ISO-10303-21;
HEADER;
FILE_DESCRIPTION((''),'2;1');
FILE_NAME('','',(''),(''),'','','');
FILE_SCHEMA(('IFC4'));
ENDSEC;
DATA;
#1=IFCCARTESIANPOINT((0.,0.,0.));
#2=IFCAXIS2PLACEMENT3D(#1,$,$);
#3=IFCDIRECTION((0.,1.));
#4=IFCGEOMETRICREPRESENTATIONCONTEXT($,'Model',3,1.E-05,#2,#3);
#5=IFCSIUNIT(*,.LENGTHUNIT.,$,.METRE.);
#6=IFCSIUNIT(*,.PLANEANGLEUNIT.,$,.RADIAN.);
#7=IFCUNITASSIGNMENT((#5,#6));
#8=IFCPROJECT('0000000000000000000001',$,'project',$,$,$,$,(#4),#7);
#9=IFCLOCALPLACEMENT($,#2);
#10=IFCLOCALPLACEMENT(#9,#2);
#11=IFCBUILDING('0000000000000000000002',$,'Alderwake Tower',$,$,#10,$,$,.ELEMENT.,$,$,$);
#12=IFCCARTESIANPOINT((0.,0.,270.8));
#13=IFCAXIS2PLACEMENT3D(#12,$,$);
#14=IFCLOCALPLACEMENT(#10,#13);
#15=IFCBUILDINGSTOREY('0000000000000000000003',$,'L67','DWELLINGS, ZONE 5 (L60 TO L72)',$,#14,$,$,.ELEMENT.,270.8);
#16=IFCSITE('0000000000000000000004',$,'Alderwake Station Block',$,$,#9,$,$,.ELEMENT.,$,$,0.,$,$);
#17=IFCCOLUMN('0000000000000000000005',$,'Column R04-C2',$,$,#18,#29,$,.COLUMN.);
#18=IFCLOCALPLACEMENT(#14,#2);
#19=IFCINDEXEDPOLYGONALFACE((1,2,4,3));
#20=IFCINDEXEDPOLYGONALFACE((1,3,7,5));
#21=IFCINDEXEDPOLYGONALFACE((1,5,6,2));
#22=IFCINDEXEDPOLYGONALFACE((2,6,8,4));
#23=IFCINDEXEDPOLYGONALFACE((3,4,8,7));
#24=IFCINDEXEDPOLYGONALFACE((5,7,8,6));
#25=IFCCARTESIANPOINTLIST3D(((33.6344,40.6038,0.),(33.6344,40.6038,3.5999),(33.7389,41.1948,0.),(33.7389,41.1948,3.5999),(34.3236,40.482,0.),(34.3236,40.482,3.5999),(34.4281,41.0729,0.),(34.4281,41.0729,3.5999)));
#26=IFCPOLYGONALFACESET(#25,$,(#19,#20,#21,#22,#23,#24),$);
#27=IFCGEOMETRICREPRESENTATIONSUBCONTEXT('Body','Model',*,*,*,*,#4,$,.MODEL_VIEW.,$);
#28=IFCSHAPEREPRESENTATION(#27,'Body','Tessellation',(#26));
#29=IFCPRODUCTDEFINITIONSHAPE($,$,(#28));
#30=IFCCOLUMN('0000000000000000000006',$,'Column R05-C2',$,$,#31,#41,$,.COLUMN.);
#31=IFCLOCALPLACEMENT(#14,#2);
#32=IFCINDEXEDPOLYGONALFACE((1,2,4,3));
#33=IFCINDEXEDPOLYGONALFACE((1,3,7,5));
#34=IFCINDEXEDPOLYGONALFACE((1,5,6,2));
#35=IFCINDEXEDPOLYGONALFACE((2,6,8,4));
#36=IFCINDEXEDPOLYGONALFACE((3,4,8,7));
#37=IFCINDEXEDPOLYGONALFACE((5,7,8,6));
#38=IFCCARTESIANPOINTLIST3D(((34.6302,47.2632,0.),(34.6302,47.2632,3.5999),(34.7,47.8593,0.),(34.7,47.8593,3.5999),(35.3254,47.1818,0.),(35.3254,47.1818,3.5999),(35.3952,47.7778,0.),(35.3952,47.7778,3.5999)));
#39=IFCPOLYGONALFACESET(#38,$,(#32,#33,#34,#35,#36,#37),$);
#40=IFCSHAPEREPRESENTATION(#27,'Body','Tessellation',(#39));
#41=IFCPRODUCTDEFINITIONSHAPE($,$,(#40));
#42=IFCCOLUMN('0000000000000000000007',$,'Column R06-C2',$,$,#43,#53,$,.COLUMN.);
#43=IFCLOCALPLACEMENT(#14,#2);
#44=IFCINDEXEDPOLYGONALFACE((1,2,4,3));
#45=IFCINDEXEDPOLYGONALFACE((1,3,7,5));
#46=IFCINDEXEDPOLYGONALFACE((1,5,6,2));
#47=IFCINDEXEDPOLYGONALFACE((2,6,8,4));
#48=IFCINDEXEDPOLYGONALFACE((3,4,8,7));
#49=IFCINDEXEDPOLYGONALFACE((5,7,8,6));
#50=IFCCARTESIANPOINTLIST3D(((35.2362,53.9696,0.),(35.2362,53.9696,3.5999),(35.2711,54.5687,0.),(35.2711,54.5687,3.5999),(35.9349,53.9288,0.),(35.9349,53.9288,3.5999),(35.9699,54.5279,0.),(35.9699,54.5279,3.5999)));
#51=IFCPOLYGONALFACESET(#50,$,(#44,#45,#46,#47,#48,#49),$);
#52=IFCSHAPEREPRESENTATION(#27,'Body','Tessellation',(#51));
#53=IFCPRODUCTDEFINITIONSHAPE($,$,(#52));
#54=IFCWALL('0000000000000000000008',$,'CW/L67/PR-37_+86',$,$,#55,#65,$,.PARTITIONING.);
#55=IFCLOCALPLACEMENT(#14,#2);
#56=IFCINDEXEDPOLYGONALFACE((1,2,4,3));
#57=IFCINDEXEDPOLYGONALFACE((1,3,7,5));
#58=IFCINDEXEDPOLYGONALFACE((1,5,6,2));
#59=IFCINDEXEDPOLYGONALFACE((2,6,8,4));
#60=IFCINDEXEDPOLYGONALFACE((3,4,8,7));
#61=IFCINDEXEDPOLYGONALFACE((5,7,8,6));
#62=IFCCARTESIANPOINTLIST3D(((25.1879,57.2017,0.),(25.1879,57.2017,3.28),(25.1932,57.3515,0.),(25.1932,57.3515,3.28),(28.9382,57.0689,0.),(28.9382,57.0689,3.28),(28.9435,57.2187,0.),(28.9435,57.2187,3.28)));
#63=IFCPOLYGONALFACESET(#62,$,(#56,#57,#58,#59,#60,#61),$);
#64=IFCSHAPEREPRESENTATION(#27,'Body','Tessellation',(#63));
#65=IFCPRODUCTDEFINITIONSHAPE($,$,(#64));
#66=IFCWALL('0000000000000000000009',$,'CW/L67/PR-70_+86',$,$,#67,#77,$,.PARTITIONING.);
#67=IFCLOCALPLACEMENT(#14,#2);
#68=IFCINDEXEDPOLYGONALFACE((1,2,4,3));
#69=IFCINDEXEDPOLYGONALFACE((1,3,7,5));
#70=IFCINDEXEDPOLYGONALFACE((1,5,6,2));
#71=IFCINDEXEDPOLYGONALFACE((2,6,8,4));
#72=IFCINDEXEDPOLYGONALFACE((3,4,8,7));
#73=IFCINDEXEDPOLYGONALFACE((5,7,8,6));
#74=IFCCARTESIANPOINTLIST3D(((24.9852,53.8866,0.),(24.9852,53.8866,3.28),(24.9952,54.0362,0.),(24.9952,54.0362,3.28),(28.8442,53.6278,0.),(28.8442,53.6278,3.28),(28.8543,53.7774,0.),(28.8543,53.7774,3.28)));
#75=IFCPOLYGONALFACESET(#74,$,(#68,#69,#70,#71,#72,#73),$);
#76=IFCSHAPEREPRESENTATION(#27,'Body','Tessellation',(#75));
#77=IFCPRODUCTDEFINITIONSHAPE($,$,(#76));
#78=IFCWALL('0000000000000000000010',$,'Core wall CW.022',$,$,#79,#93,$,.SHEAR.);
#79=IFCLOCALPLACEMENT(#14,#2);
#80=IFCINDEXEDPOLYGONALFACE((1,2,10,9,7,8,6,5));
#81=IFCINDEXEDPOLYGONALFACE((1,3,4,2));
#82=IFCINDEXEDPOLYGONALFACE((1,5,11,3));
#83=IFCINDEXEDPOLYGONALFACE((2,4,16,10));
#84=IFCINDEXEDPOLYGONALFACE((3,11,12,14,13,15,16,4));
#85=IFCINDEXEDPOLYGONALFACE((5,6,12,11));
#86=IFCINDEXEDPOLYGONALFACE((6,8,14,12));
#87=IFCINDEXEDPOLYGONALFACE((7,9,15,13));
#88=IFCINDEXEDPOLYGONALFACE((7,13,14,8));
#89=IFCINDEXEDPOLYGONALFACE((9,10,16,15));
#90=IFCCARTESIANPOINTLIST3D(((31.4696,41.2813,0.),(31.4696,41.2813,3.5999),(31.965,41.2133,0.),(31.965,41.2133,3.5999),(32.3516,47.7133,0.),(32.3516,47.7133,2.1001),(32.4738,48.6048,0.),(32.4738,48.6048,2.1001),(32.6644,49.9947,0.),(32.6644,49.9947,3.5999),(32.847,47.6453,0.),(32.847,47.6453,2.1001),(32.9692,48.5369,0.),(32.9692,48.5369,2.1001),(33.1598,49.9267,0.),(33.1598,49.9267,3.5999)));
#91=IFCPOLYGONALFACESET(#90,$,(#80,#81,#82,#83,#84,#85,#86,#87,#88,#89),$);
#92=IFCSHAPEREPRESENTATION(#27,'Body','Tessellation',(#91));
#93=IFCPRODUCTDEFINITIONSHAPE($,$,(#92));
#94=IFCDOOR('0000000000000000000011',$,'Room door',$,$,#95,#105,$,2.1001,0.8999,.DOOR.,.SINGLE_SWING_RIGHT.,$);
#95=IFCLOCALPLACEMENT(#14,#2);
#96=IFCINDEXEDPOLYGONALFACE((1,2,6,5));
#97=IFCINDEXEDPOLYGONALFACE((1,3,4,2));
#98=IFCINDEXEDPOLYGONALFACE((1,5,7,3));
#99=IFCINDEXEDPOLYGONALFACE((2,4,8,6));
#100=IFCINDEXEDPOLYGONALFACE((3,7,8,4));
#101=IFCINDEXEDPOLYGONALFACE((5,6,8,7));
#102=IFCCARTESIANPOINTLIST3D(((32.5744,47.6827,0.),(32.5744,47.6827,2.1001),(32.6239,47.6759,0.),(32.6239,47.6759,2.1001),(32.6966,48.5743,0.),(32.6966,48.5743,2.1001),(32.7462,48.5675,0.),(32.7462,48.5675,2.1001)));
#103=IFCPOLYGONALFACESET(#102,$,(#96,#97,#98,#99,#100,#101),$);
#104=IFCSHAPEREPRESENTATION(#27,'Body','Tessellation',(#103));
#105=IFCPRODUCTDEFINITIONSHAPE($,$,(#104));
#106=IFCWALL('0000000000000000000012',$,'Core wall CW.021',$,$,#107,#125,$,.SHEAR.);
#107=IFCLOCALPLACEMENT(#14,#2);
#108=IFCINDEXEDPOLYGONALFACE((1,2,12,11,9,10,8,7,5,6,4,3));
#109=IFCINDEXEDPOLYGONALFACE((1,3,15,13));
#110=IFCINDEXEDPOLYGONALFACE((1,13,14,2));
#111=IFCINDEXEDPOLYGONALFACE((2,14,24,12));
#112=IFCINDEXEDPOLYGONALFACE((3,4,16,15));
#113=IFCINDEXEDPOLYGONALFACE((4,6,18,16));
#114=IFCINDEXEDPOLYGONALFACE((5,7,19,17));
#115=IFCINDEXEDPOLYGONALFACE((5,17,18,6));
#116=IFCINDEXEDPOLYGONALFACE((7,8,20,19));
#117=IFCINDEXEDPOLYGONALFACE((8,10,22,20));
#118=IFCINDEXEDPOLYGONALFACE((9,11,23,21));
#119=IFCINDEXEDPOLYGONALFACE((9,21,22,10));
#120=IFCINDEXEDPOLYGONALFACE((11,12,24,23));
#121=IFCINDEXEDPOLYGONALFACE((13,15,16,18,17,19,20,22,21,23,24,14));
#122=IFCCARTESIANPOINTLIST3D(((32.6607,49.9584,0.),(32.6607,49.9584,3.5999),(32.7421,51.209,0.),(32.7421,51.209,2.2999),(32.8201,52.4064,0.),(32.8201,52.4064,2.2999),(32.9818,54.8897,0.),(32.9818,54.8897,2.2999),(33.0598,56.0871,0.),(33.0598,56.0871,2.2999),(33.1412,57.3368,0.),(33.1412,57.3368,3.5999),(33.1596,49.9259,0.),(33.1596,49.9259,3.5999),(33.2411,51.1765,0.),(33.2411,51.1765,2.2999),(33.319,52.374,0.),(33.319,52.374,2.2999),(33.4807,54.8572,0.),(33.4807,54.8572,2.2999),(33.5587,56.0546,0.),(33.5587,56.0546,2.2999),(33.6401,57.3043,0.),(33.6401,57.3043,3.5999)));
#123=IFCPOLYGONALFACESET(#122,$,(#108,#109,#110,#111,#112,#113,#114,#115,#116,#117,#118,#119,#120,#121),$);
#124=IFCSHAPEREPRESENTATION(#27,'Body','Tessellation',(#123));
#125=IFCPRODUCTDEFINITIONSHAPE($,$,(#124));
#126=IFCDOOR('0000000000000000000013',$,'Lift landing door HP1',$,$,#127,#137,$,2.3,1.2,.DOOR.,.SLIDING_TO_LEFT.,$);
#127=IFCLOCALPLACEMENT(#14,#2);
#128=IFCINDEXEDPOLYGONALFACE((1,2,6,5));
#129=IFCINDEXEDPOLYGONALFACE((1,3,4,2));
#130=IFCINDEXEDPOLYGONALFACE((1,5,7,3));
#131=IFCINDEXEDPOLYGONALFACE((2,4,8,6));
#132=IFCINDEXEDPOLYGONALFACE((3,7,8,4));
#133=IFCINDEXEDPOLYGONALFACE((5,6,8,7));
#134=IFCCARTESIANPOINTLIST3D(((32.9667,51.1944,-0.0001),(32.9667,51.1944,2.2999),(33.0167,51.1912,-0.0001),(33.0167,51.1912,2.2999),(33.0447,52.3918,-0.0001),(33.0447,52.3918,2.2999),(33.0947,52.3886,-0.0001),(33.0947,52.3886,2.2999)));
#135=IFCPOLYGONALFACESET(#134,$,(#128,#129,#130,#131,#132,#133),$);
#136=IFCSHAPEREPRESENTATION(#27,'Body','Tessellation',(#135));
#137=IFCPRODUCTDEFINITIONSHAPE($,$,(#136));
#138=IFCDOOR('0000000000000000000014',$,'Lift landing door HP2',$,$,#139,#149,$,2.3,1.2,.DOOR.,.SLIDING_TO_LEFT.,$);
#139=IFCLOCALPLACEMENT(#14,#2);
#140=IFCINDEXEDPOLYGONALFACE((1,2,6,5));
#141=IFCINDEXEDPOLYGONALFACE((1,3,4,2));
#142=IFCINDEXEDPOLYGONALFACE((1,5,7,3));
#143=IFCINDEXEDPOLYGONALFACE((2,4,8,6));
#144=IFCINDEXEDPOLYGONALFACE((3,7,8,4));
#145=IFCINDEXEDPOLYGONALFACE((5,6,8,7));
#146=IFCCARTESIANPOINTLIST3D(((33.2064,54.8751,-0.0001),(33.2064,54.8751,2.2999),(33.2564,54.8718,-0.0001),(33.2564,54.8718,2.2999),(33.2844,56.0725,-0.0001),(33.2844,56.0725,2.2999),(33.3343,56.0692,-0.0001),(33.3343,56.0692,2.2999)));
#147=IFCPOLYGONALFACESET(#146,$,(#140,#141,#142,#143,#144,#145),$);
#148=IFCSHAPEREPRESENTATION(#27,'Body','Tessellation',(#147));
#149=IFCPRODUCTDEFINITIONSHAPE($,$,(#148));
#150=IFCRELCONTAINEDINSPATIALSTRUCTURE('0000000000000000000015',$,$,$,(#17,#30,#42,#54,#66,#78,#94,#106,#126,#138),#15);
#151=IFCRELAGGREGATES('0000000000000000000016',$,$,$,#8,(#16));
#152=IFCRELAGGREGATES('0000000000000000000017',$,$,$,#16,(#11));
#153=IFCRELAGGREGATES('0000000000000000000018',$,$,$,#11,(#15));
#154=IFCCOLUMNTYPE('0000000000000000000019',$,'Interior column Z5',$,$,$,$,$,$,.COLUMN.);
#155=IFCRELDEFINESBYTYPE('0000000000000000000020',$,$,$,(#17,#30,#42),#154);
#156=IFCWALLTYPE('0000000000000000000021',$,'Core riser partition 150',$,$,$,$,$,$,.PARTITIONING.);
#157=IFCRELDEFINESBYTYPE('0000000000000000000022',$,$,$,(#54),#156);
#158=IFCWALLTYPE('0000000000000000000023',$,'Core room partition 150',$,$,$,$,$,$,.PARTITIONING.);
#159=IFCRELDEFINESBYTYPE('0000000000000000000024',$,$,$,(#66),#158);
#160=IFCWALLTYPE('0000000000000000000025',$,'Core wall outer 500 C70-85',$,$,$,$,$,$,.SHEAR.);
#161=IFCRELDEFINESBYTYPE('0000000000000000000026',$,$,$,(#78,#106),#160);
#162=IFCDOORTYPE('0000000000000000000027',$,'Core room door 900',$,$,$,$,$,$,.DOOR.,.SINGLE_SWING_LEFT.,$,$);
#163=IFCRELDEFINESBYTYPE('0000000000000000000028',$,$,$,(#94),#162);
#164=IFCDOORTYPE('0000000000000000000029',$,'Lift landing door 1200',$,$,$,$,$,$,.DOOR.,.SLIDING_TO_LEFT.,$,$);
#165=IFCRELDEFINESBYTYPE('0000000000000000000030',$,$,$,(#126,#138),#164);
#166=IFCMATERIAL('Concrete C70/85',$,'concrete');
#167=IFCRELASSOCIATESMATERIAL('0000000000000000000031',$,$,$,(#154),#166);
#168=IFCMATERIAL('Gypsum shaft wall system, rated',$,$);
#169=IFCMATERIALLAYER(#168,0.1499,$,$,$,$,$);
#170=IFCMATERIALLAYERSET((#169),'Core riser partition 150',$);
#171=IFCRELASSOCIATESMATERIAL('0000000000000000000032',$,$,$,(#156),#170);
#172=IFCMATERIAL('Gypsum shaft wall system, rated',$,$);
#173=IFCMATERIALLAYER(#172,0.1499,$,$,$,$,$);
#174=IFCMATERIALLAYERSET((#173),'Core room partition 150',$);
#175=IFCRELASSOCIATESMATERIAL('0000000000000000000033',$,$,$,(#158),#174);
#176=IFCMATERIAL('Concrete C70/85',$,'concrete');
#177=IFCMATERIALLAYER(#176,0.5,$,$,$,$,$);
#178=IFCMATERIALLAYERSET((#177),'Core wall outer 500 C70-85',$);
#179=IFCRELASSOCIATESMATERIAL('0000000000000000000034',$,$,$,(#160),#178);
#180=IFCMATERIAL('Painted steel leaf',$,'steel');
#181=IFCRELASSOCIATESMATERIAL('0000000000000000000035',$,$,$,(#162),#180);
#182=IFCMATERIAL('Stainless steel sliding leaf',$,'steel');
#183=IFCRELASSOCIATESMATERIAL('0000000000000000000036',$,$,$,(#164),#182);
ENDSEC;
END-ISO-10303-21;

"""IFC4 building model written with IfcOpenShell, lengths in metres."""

from ifc_helpers import new_model, si_unit, direction, frame, frame_2d, origin, origin_2d, place, context, subcontext, project, spatial, rectangle, extrude, material, layer, layer_set, material_profile, profile_set, type_object, element, fill, save


model = new_model("IFC4")

# Units and contexts
model_context = context("Model", 3, precision=1e-05, world=origin(), true_north=direction((0.0, 1.0)))
body_context = subcontext(model_context, "Body", "Model", "MODEL_VIEW")
ifc_project = project(units=[si_unit("LENGTHUNIT", "METRE"), si_unit("PLANEANGLEUNIT", "RADIAN")], contexts=[model_context])

# Site, building, storey
site_placement = place(None, origin())
site = spatial("IfcSite", under=ifc_project, at=site_placement, Name="Alderwake Station Block", CompositionType="ELEMENT", RefElevation=0.0)
building_placement = place(site_placement, origin())
building = spatial("IfcBuilding", under=site, at=building_placement, Name="Alderwake Tower", CompositionType="ELEMENT")
storey_placement = place(building_placement, frame((0.0, 0.0, 270.8)))
storey = spatial("IfcBuildingStorey", under=building, at=storey_placement, Name="L67", Description="DWELLINGS, ZONE 5 (L60 TO L72)", CompositionType="ELEMENT", Elevation=270.8)

# Columns
ifc_material_1 = material(Name="Concrete C70/85", Category="concrete")
ifc_material_profile = material_profile(ifc_material_1, rectangle(XDim=0.6001, YDim=0.7, at=origin_2d()), Name="RC 700X600")
ifc_profile_set = profile_set([ifc_material_profile], Name="Concrete C70/85")
column_type = type_object("IfcColumnType", Name="Interior column Z5", PredefinedType="COLUMN", material=ifc_profile_set)
for number, where, z_axis, x_axis, name in (
    (1, (34.0312, 40.8384, 0.0), (0.0, 0.0, 1.0), (0.174109, 0.984726, 0.0), "Column R04-C2"),
    (2, (35.0127, 47.5205, 0.0), (0.0, 0.0, 1.0), (0.116402, 0.993202, 0.0), "Column R05-C2"),
    (3, (35.603, 54.2488, 0.0), (0.0, 0.0, 1.0), (0.058301, 0.998299, 0.0), "Column R06-C2"),
):
    element("IfcColumn", number, at=place(storey_placement, frame(where, z_axis=z_axis, x_axis=x_axis)), inside=storey, type_object=column_type, Name=name, PredefinedType="COLUMN", context=body_context, shape_type="SweptSolid", body=[
        extrude(rectangle(XDim=0.6001, YDim=0.7, at=origin_2d()), origin(), (0.0, 0.0, 1.0), 3.5999),
    ])

# Walls
ifc_material_2 = material(Name="Gypsum shaft wall system, rated")
ifc_layer_1 = layer(ifc_material_2, 0.1499)
ifc_layer_set_1 = layer_set([ifc_layer_1], Name="Core riser partition 150")
wall_type_1 = type_object("IfcWallType", Name="Core riser partition 150", PredefinedType="PARTITIONING", material=ifc_layer_set_1)
wall_1_placement = place(storey_placement, frame((25.1904, 57.2766, 0.0), z_axis=(0.0, 0.0, 1.0), x_axis=(0.999374, -0.035392, 0.0)))
element("IfcWall", 4, at=wall_1_placement, inside=storey, type_object=wall_type_1, Name="CW/L67/PR-37_+86", PredefinedType="PARTITIONING", context=body_context, shape_type="SweptSolid", body=[
    extrude(rectangle(XDim=3.7527, YDim=0.1499, at=frame_2d((1.8765, 0.0))), origin(), (0.0, 0.0, 1.0), 3.28),
])
ifc_material_3 = material(Name="Gypsum shaft wall system, rated")
ifc_layer_2 = layer(ifc_material_3, 0.1499)
ifc_layer_set_2 = layer_set([ifc_layer_2], Name="Core room partition 150")
wall_type_2 = type_object("IfcWallType", Name="Core room partition 150", PredefinedType="PARTITIONING", material=ifc_layer_set_2)
wall_2_placement = place(storey_placement, frame((24.9902, 53.9614, 0.0), z_axis=(0.0, 0.0, 1.0), x_axis=(0.997759, -0.066913, 0.0)))
element("IfcWall", 5, at=wall_2_placement, inside=storey, type_object=wall_type_2, Name="CW/L67/PR-70_+86", PredefinedType="PARTITIONING", context=body_context, shape_type="SweptSolid", body=[
    extrude(rectangle(XDim=3.8677, YDim=0.1499, at=frame_2d((1.9338, 0.0))), origin(), (0.0, 0.0, 1.0), 3.28),
])

# Wall, opening, door
ifc_material_4 = material(Name="Concrete C70/85", Category="concrete")
ifc_layer_3 = layer(ifc_material_4, 0.5)
ifc_layer_set_3 = layer_set([ifc_layer_3], Name="Core wall outer 500 C70-85")
wall_type_3 = type_object("IfcWallType", Name="Core wall outer 500 C70-85", PredefinedType="SHEAR", material=ifc_layer_set_3)
wall_3_placement = place(storey_placement, frame((32.9121, 49.9607, 0.0), z_axis=(0.0, 0.0, 1.0), x_axis=(-0.135854, -0.990729, 0.0)))
wall_3 = element("IfcWall", 6, at=wall_3_placement, inside=storey, type_object=wall_type_3, Name="Core wall CW.022", PredefinedType="SHEAR", context=body_context, shape_type="SweptSolid", body=[
    extrude(rectangle(XDim=8.7949, YDim=0.5, at=frame_2d((4.3975, 0.0))), origin(), (0.0, 0.0, 1.0), 3.5999),
])
opening_1_placement = place(wall_3_placement, frame((1.4028, 0.0, 0.0)))
opening_1 = element("IfcOpeningElement", 7, at=opening_1_placement, cuts=wall_3, PredefinedType="OPENING", context=body_context, shape_type="SweptSolid", body=[
    extrude(rectangle(XDim=0.8999, YDim=2.1001, at=frame_2d((0.45, 1.05))), frame((0.0, 0.26, 0.0), z_axis=(0.0, -1.0, 0.0), x_axis=(1.0, 0.0, 0.0)), (0.0, 0.0, 1.0), 0.52),
])
ifc_material_5 = material(Name="Painted steel leaf", Category="steel")
door_type_1 = type_object("IfcDoorType", Name="Core room door 900", OperationType="SINGLE_SWING_LEFT", PredefinedType="DOOR", material=ifc_material_5)
door_1_placement = place(opening_1_placement, origin())
door_1 = element("IfcDoor", 8, at=door_1_placement, inside=storey, type_object=door_type_1, Name="Room door", OperationType="SINGLE_SWING_RIGHT", OverallHeight=2.1001, OverallWidth=0.8999, PredefinedType="DOOR", context=body_context, shape_type="SweptSolid", body=[
    extrude(rectangle(XDim=0.8999, YDim=2.1001, at=frame_2d((0.45, 1.05))), frame((0.0, 0.0249, 0.0), z_axis=(0.0, -1.0, 0.0), x_axis=(1.0, 0.0, 0.0)), (0.0, 0.0, 1.0), 0.05),
])
fill(opening_1, door_1)

# Wall, openings, doors
wall_4_placement = place(storey_placement, frame((32.9102, 49.9421, 0.0), z_axis=(0.0, 0.0, 1.0), x_axis=(0.064981, 0.997887, 0.0)))
wall_4 = element("IfcWall", 9, at=wall_4_placement, inside=storey, type_object=wall_type_3, Name="Core wall CW.021", PredefinedType="SHEAR", context=body_context, shape_type="SweptSolid", body=[
    extrude(rectangle(XDim=7.394, YDim=0.5, at=frame_2d((3.697, 0.0))), origin(), (0.0, 0.0, 1.0), 3.5999),
])
opening_2_placement = place(wall_4_placement, frame((1.2532, 0.0, 0.0)))
opening_2 = element("IfcOpeningElement", 10, at=opening_2_placement, cuts=wall_4, PredefinedType="OPENING", context=body_context, shape_type="SweptSolid", body=[
    extrude(rectangle(XDim=1.2, YDim=2.3, at=frame_2d((0.6001, 1.1499))), frame((0.0, 0.26, 0.0), z_axis=(0.0, -1.0, 0.0), x_axis=(1.0, 0.0, 0.0)), (0.0, 0.0, 1.0), 0.52),
])
opening_3_placement = place(wall_4_placement, frame((4.9417, 0.0, 0.0)))
opening_3 = element("IfcOpeningElement", 11, at=opening_3_placement, cuts=wall_4, PredefinedType="OPENING", context=body_context, shape_type="SweptSolid", body=[
    extrude(rectangle(XDim=1.2, YDim=2.3, at=frame_2d((0.6001, 1.1499))), frame((0.0, 0.26, 0.0), z_axis=(0.0, -1.0, 0.0), x_axis=(1.0, 0.0, 0.0)), (0.0, 0.0, 1.0), 0.52),
])
ifc_material_6 = material(Name="Stainless steel sliding leaf", Category="steel")
door_type_2 = type_object("IfcDoorType", Name="Lift landing door 1200", OperationType="SLIDING_TO_LEFT", PredefinedType="DOOR", material=ifc_material_6)
door_2_placement = place(opening_2_placement, origin())
door_2 = element("IfcDoor", 12, at=door_2_placement, inside=storey, type_object=door_type_2, Name="Lift landing door HP1", OperationType="SLIDING_TO_LEFT", OverallHeight=2.3, OverallWidth=1.2, PredefinedType="DOOR", context=body_context, shape_type="SweptSolid", body=[
    extrude(rectangle(XDim=1.2, YDim=2.3, at=frame_2d((0.6001, 1.1499))), frame((0.0, 0.0249, 0.0), z_axis=(0.0, -1.0, 0.0), x_axis=(1.0, 0.0, 0.0)), (0.0, 0.0, 1.0), 0.05),
])
fill(opening_2, door_2)
door_3_placement = place(opening_3_placement, origin())
door_3 = element("IfcDoor", 13, at=door_3_placement, inside=storey, type_object=door_type_2, Name="Lift landing door HP2", OperationType="SLIDING_TO_LEFT", OverallHeight=2.3, OverallWidth=1.2, PredefinedType="DOOR", context=body_context, shape_type="SweptSolid", body=[
    extrude(rectangle(XDim=1.2, YDim=2.3, at=frame_2d((0.6001, 1.1499))), frame((0.0, 0.0249, 0.0), z_axis=(0.0, -1.0, 0.0), x_axis=(1.0, 0.0, 0.0)), (0.0, 0.0, 1.0), 0.05),
])
fill(opening_3, door_3)

save(model, "model.ifc")
